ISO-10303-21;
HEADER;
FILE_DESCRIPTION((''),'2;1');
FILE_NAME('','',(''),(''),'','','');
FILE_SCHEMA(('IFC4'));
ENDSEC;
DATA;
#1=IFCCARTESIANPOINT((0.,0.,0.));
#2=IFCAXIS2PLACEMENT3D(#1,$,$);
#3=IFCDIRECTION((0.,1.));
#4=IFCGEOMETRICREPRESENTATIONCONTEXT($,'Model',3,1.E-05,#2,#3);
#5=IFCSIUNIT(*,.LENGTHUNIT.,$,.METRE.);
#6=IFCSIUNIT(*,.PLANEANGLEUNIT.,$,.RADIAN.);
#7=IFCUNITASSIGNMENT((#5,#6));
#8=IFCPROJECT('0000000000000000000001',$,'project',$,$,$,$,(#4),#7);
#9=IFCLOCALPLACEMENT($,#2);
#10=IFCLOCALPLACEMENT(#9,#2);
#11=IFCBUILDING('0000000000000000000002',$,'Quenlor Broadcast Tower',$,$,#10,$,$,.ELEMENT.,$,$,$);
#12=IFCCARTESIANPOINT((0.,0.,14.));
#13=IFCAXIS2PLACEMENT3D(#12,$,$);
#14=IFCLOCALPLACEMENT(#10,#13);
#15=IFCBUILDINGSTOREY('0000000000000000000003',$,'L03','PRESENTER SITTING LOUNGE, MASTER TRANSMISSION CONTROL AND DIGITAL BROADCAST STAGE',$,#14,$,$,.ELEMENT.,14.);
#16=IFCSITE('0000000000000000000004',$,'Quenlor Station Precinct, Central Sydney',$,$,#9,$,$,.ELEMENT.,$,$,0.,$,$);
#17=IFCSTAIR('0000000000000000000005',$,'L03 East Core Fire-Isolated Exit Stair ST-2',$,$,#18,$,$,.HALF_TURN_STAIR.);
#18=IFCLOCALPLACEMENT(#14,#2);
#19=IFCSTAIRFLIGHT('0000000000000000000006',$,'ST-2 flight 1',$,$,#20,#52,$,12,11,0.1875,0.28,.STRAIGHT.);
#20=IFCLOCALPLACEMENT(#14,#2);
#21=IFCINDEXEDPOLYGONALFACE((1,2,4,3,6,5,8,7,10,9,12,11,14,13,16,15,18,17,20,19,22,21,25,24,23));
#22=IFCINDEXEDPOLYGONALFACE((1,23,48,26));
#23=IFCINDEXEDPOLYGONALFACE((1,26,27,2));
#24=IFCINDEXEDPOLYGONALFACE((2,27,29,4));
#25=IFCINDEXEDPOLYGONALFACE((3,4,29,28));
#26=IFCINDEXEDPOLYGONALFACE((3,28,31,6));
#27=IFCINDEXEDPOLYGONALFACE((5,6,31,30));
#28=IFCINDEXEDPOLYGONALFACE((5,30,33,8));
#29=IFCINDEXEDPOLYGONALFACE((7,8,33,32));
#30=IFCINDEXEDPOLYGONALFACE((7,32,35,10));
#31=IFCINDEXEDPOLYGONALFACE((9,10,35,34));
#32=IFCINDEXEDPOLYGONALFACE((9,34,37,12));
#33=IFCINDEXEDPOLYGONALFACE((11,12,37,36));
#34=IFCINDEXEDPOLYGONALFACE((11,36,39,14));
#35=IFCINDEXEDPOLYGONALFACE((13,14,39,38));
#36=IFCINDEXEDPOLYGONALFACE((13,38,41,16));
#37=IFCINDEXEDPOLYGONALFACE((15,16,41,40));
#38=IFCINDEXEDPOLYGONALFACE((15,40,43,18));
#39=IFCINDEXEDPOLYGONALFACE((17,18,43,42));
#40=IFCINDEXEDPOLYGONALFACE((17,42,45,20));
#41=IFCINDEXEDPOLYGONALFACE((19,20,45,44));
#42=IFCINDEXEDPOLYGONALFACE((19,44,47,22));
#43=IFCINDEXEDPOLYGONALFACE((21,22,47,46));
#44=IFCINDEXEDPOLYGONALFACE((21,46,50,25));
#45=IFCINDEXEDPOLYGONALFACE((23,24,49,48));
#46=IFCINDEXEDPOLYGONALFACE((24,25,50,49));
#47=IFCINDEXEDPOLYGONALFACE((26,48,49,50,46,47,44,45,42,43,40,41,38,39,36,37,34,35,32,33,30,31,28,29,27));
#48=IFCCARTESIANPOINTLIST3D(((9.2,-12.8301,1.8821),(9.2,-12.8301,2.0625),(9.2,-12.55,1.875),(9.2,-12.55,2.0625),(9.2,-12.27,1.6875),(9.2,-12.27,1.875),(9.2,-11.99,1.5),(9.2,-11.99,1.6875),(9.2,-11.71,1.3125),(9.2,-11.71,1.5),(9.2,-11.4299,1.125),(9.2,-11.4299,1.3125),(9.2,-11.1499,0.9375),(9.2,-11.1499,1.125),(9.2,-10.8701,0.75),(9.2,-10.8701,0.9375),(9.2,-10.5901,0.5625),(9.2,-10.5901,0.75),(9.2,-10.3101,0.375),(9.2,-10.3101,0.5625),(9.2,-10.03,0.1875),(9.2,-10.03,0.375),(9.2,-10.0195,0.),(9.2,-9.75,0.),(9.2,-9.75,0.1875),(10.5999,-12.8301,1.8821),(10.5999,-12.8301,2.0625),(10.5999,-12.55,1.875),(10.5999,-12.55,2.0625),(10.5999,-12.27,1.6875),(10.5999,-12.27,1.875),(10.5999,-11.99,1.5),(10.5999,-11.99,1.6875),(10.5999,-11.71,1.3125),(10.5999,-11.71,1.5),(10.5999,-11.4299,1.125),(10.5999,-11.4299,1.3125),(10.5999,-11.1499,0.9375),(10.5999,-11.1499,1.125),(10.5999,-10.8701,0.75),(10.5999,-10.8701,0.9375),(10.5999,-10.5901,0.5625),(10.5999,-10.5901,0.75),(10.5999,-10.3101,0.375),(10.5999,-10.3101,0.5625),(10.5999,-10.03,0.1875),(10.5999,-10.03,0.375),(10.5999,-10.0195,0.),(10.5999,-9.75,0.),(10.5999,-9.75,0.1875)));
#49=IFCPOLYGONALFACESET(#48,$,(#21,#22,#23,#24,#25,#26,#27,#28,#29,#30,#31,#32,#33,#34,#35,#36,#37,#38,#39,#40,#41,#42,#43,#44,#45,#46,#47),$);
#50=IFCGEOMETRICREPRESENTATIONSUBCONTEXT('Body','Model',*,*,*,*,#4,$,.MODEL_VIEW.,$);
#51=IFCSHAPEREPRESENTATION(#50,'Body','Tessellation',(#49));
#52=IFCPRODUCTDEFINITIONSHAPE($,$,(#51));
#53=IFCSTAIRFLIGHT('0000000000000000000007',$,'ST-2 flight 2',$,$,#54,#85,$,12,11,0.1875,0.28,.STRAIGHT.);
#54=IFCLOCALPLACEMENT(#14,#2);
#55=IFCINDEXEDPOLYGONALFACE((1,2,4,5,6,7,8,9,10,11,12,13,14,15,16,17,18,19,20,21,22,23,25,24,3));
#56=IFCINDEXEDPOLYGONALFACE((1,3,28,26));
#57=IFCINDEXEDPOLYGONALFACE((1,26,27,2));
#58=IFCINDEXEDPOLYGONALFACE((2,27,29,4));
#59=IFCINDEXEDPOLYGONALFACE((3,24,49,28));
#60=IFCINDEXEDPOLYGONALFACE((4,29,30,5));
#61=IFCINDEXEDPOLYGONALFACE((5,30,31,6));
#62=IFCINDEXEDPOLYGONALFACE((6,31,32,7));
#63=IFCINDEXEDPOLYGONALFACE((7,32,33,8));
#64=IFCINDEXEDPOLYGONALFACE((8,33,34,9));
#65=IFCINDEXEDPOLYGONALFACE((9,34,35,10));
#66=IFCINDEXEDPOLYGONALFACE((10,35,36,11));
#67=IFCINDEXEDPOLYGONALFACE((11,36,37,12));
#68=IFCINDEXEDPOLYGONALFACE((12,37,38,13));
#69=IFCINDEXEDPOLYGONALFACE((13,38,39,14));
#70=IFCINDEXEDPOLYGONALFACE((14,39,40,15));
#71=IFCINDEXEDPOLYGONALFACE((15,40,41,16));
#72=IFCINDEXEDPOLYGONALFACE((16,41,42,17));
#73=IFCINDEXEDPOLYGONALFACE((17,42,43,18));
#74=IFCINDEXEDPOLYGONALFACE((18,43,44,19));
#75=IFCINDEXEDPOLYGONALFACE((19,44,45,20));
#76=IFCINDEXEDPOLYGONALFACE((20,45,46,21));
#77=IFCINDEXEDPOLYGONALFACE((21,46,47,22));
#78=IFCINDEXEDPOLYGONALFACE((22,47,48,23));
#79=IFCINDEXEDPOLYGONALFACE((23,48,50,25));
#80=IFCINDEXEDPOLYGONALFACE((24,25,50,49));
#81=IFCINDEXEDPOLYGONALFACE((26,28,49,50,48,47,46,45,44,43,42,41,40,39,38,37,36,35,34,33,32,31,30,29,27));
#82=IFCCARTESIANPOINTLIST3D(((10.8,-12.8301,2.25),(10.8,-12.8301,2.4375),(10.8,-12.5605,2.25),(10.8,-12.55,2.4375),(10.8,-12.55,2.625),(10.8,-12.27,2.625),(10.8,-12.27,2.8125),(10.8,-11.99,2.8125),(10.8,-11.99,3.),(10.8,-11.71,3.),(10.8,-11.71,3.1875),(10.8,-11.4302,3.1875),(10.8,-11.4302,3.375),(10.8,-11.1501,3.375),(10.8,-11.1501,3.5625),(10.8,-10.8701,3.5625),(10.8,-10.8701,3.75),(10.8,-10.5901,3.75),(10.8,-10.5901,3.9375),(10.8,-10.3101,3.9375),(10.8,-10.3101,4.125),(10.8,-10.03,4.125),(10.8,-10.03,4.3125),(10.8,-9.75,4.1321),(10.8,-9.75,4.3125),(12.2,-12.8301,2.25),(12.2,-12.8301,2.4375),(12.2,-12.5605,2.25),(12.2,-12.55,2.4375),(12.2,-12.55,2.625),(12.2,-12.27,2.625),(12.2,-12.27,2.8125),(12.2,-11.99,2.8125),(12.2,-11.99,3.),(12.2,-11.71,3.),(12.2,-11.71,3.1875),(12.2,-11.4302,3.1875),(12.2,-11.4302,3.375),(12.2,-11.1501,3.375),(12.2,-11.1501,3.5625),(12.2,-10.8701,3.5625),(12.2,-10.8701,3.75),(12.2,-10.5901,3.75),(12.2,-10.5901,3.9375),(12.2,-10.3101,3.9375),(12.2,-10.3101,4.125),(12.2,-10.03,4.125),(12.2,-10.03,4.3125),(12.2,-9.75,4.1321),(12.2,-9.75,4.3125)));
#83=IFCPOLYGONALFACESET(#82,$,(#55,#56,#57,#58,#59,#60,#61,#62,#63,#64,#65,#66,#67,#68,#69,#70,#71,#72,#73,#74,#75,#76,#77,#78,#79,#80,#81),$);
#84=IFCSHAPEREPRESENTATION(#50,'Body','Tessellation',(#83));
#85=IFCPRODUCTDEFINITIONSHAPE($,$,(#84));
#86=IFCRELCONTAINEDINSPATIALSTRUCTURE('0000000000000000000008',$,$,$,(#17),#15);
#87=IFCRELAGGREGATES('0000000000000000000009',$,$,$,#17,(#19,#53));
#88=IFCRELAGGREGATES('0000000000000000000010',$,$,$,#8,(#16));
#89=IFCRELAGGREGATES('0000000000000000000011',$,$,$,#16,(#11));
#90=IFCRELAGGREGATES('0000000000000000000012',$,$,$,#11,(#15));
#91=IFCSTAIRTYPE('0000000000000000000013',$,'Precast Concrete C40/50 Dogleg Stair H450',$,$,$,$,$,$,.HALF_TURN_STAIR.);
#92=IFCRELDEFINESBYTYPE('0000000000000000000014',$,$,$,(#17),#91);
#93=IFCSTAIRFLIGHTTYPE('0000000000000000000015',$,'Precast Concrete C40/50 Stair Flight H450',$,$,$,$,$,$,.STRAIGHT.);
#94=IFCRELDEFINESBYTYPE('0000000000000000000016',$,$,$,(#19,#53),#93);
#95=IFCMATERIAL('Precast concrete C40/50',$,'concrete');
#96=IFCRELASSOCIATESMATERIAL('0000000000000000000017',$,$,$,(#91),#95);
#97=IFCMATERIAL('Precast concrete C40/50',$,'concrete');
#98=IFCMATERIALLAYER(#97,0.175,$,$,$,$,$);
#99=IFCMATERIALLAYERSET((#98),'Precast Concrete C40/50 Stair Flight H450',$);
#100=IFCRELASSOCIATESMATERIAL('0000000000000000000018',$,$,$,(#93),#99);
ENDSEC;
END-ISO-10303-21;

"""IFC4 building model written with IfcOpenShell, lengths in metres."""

from ifc_helpers import new_model, si_unit, direction, frame, origin, place, context, subcontext, project, spatial, polyline, outline, extrude, material, layer, layer_set, type_object, element, aggregate, save


model = new_model("IFC4")

# Units and contexts
model_context = context("Model", 3, precision=1e-05, world=origin(), true_north=direction((0.0, 1.0)))
body_context = subcontext(model_context, "Body", "Model", "MODEL_VIEW")
ifc_project = project(units=[si_unit("LENGTHUNIT", "METRE"), si_unit("PLANEANGLEUNIT", "RADIAN")], contexts=[model_context])

# Site, building, storey
site_placement = place(None, origin())
site = spatial("IfcSite", under=ifc_project, at=site_placement, Name="Quenlor Station Precinct, Central Sydney", CompositionType="ELEMENT", RefElevation=0.0)
building_placement = place(site_placement, origin())
building = spatial("IfcBuilding", under=site, at=building_placement, Name="Quenlor Broadcast Tower", CompositionType="ELEMENT")
storey_placement = place(building_placement, frame((0.0, 0.0, 14.0)))
storey = spatial("IfcBuildingStorey", under=building, at=storey_placement, Name="L03", Description="PRESENTER SITTING LOUNGE, MASTER TRANSMISSION CONTROL AND DIGITAL BROADCAST STAGE", CompositionType="ELEMENT", Elevation=14.0)

# Stair, stair flights
ifc_material_1 = material(Name="Precast concrete C40/50", Category="concrete")
stair_type = type_object("IfcStairType", Name="Precast Concrete C40/50 Dogleg Stair H450", PredefinedType="HALF_TURN_STAIR", material=ifc_material_1)
stair_placement = place(storey_placement, origin())
stair = element("IfcStair", 1, at=stair_placement, inside=storey, type_object=stair_type, Name="L03 East Core Fire-Isolated Exit Stair ST-2", PredefinedType="HALF_TURN_STAIR")
ifc_material_2 = material(Name="Precast concrete C40/50", Category="concrete")
ifc_layer_1 = layer(ifc_material_2, 0.175)
ifc_layer_set_1 = layer_set([ifc_layer_1], Name="Precast Concrete C40/50 Stair Flight H450")
stair_flight_type = type_object("IfcStairFlightType", Name="Precast Concrete C40/50 Stair Flight H450", PredefinedType="STRAIGHT", material=ifc_layer_set_1)
stair_flight_1_placement = place(storey_placement, frame((9.8999, -9.75, 0.0), z_axis=(0.0, 0.0, 1.0), x_axis=(0.0, -1.0, 0.0)))
stair_flight_1 = element("IfcStairFlight", 2, at=stair_flight_1_placement, type_object=stair_flight_type, Name="ST-2 flight 1", NumberOfRisers=12, NumberOfTreads=11, PredefinedType="STRAIGHT", RiserHeight=0.1875, TreadLength=0.28, context=body_context, shape_type="SweptSolid", body=[
    extrude(outline(polyline([(0.0, 0.0), (0.0, 0.1875), (0.28, 0.1875), (0.28, 0.375), (0.5601, 0.375), (0.5601, 0.5625), (0.8401, 0.5625), (0.8401, 0.75), (1.1201, 0.75), (1.1201, 0.9375), (1.3999, 0.9375), (1.3999, 1.125), (1.6799, 1.125), (1.6799, 1.3125), (1.96, 1.3125), (1.96, 1.5), (2.24, 1.5), (2.24, 1.6875), (2.52, 1.6875), (2.52, 1.875), (2.8, 1.875), (2.8, 2.0625), (3.0801, 2.0625), (3.0801, 2.25), (3.0801, 1.8821), (0.2695, 0.0), (0.0, 0.0)])), frame((0.0, 0.7, 0.0), z_axis=(0.0, -1.0, 0.0), x_axis=(1.0, 0.0, 0.0)), (0.0, 0.0, 1.0), 1.3999),
])
stair_flight_2_placement = place(storey_placement, frame((11.5, -12.8301, 2.25), z_axis=(0.0, 0.0, 1.0), x_axis=(0.0, 1.0, 0.0)))
stair_flight_2 = element("IfcStairFlight", 3, at=stair_flight_2_placement, type_object=stair_flight_type, Name="ST-2 flight 2", NumberOfRisers=12, NumberOfTreads=11, PredefinedType="STRAIGHT", RiserHeight=0.1875, TreadLength=0.28, context=body_context, shape_type="SweptSolid", body=[
    extrude(outline(polyline([(0.0, 0.0), (0.0, 0.1875), (0.28, 0.1875), (0.28, 0.375), (0.5601, 0.375), (0.5601, 0.5625), (0.8401, 0.5625), (0.8401, 0.75), (1.1201, 0.75), (1.1201, 0.9375), (1.3999, 0.9375), (1.3999, 1.125), (1.6799, 1.125), (1.6799, 1.3125), (1.96, 1.3125), (1.96, 1.5), (2.24, 1.5), (2.24, 1.6875), (2.52, 1.6875), (2.52, 1.875), (2.8, 1.875), (2.8, 2.0625), (3.0801, 2.0625), (3.0801, 2.25), (3.0801, 1.8821), (0.2695, 0.0), (0.0, 0.0)])), frame((0.0, 0.7, 0.0), z_axis=(0.0, -1.0, 0.0), x_axis=(1.0, 0.0, 0.0)), (0.0, 0.0, 1.0), 1.3999),
])
aggregate(stair, [stair_flight_1, stair_flight_2])

save(model, "model.ifc")
